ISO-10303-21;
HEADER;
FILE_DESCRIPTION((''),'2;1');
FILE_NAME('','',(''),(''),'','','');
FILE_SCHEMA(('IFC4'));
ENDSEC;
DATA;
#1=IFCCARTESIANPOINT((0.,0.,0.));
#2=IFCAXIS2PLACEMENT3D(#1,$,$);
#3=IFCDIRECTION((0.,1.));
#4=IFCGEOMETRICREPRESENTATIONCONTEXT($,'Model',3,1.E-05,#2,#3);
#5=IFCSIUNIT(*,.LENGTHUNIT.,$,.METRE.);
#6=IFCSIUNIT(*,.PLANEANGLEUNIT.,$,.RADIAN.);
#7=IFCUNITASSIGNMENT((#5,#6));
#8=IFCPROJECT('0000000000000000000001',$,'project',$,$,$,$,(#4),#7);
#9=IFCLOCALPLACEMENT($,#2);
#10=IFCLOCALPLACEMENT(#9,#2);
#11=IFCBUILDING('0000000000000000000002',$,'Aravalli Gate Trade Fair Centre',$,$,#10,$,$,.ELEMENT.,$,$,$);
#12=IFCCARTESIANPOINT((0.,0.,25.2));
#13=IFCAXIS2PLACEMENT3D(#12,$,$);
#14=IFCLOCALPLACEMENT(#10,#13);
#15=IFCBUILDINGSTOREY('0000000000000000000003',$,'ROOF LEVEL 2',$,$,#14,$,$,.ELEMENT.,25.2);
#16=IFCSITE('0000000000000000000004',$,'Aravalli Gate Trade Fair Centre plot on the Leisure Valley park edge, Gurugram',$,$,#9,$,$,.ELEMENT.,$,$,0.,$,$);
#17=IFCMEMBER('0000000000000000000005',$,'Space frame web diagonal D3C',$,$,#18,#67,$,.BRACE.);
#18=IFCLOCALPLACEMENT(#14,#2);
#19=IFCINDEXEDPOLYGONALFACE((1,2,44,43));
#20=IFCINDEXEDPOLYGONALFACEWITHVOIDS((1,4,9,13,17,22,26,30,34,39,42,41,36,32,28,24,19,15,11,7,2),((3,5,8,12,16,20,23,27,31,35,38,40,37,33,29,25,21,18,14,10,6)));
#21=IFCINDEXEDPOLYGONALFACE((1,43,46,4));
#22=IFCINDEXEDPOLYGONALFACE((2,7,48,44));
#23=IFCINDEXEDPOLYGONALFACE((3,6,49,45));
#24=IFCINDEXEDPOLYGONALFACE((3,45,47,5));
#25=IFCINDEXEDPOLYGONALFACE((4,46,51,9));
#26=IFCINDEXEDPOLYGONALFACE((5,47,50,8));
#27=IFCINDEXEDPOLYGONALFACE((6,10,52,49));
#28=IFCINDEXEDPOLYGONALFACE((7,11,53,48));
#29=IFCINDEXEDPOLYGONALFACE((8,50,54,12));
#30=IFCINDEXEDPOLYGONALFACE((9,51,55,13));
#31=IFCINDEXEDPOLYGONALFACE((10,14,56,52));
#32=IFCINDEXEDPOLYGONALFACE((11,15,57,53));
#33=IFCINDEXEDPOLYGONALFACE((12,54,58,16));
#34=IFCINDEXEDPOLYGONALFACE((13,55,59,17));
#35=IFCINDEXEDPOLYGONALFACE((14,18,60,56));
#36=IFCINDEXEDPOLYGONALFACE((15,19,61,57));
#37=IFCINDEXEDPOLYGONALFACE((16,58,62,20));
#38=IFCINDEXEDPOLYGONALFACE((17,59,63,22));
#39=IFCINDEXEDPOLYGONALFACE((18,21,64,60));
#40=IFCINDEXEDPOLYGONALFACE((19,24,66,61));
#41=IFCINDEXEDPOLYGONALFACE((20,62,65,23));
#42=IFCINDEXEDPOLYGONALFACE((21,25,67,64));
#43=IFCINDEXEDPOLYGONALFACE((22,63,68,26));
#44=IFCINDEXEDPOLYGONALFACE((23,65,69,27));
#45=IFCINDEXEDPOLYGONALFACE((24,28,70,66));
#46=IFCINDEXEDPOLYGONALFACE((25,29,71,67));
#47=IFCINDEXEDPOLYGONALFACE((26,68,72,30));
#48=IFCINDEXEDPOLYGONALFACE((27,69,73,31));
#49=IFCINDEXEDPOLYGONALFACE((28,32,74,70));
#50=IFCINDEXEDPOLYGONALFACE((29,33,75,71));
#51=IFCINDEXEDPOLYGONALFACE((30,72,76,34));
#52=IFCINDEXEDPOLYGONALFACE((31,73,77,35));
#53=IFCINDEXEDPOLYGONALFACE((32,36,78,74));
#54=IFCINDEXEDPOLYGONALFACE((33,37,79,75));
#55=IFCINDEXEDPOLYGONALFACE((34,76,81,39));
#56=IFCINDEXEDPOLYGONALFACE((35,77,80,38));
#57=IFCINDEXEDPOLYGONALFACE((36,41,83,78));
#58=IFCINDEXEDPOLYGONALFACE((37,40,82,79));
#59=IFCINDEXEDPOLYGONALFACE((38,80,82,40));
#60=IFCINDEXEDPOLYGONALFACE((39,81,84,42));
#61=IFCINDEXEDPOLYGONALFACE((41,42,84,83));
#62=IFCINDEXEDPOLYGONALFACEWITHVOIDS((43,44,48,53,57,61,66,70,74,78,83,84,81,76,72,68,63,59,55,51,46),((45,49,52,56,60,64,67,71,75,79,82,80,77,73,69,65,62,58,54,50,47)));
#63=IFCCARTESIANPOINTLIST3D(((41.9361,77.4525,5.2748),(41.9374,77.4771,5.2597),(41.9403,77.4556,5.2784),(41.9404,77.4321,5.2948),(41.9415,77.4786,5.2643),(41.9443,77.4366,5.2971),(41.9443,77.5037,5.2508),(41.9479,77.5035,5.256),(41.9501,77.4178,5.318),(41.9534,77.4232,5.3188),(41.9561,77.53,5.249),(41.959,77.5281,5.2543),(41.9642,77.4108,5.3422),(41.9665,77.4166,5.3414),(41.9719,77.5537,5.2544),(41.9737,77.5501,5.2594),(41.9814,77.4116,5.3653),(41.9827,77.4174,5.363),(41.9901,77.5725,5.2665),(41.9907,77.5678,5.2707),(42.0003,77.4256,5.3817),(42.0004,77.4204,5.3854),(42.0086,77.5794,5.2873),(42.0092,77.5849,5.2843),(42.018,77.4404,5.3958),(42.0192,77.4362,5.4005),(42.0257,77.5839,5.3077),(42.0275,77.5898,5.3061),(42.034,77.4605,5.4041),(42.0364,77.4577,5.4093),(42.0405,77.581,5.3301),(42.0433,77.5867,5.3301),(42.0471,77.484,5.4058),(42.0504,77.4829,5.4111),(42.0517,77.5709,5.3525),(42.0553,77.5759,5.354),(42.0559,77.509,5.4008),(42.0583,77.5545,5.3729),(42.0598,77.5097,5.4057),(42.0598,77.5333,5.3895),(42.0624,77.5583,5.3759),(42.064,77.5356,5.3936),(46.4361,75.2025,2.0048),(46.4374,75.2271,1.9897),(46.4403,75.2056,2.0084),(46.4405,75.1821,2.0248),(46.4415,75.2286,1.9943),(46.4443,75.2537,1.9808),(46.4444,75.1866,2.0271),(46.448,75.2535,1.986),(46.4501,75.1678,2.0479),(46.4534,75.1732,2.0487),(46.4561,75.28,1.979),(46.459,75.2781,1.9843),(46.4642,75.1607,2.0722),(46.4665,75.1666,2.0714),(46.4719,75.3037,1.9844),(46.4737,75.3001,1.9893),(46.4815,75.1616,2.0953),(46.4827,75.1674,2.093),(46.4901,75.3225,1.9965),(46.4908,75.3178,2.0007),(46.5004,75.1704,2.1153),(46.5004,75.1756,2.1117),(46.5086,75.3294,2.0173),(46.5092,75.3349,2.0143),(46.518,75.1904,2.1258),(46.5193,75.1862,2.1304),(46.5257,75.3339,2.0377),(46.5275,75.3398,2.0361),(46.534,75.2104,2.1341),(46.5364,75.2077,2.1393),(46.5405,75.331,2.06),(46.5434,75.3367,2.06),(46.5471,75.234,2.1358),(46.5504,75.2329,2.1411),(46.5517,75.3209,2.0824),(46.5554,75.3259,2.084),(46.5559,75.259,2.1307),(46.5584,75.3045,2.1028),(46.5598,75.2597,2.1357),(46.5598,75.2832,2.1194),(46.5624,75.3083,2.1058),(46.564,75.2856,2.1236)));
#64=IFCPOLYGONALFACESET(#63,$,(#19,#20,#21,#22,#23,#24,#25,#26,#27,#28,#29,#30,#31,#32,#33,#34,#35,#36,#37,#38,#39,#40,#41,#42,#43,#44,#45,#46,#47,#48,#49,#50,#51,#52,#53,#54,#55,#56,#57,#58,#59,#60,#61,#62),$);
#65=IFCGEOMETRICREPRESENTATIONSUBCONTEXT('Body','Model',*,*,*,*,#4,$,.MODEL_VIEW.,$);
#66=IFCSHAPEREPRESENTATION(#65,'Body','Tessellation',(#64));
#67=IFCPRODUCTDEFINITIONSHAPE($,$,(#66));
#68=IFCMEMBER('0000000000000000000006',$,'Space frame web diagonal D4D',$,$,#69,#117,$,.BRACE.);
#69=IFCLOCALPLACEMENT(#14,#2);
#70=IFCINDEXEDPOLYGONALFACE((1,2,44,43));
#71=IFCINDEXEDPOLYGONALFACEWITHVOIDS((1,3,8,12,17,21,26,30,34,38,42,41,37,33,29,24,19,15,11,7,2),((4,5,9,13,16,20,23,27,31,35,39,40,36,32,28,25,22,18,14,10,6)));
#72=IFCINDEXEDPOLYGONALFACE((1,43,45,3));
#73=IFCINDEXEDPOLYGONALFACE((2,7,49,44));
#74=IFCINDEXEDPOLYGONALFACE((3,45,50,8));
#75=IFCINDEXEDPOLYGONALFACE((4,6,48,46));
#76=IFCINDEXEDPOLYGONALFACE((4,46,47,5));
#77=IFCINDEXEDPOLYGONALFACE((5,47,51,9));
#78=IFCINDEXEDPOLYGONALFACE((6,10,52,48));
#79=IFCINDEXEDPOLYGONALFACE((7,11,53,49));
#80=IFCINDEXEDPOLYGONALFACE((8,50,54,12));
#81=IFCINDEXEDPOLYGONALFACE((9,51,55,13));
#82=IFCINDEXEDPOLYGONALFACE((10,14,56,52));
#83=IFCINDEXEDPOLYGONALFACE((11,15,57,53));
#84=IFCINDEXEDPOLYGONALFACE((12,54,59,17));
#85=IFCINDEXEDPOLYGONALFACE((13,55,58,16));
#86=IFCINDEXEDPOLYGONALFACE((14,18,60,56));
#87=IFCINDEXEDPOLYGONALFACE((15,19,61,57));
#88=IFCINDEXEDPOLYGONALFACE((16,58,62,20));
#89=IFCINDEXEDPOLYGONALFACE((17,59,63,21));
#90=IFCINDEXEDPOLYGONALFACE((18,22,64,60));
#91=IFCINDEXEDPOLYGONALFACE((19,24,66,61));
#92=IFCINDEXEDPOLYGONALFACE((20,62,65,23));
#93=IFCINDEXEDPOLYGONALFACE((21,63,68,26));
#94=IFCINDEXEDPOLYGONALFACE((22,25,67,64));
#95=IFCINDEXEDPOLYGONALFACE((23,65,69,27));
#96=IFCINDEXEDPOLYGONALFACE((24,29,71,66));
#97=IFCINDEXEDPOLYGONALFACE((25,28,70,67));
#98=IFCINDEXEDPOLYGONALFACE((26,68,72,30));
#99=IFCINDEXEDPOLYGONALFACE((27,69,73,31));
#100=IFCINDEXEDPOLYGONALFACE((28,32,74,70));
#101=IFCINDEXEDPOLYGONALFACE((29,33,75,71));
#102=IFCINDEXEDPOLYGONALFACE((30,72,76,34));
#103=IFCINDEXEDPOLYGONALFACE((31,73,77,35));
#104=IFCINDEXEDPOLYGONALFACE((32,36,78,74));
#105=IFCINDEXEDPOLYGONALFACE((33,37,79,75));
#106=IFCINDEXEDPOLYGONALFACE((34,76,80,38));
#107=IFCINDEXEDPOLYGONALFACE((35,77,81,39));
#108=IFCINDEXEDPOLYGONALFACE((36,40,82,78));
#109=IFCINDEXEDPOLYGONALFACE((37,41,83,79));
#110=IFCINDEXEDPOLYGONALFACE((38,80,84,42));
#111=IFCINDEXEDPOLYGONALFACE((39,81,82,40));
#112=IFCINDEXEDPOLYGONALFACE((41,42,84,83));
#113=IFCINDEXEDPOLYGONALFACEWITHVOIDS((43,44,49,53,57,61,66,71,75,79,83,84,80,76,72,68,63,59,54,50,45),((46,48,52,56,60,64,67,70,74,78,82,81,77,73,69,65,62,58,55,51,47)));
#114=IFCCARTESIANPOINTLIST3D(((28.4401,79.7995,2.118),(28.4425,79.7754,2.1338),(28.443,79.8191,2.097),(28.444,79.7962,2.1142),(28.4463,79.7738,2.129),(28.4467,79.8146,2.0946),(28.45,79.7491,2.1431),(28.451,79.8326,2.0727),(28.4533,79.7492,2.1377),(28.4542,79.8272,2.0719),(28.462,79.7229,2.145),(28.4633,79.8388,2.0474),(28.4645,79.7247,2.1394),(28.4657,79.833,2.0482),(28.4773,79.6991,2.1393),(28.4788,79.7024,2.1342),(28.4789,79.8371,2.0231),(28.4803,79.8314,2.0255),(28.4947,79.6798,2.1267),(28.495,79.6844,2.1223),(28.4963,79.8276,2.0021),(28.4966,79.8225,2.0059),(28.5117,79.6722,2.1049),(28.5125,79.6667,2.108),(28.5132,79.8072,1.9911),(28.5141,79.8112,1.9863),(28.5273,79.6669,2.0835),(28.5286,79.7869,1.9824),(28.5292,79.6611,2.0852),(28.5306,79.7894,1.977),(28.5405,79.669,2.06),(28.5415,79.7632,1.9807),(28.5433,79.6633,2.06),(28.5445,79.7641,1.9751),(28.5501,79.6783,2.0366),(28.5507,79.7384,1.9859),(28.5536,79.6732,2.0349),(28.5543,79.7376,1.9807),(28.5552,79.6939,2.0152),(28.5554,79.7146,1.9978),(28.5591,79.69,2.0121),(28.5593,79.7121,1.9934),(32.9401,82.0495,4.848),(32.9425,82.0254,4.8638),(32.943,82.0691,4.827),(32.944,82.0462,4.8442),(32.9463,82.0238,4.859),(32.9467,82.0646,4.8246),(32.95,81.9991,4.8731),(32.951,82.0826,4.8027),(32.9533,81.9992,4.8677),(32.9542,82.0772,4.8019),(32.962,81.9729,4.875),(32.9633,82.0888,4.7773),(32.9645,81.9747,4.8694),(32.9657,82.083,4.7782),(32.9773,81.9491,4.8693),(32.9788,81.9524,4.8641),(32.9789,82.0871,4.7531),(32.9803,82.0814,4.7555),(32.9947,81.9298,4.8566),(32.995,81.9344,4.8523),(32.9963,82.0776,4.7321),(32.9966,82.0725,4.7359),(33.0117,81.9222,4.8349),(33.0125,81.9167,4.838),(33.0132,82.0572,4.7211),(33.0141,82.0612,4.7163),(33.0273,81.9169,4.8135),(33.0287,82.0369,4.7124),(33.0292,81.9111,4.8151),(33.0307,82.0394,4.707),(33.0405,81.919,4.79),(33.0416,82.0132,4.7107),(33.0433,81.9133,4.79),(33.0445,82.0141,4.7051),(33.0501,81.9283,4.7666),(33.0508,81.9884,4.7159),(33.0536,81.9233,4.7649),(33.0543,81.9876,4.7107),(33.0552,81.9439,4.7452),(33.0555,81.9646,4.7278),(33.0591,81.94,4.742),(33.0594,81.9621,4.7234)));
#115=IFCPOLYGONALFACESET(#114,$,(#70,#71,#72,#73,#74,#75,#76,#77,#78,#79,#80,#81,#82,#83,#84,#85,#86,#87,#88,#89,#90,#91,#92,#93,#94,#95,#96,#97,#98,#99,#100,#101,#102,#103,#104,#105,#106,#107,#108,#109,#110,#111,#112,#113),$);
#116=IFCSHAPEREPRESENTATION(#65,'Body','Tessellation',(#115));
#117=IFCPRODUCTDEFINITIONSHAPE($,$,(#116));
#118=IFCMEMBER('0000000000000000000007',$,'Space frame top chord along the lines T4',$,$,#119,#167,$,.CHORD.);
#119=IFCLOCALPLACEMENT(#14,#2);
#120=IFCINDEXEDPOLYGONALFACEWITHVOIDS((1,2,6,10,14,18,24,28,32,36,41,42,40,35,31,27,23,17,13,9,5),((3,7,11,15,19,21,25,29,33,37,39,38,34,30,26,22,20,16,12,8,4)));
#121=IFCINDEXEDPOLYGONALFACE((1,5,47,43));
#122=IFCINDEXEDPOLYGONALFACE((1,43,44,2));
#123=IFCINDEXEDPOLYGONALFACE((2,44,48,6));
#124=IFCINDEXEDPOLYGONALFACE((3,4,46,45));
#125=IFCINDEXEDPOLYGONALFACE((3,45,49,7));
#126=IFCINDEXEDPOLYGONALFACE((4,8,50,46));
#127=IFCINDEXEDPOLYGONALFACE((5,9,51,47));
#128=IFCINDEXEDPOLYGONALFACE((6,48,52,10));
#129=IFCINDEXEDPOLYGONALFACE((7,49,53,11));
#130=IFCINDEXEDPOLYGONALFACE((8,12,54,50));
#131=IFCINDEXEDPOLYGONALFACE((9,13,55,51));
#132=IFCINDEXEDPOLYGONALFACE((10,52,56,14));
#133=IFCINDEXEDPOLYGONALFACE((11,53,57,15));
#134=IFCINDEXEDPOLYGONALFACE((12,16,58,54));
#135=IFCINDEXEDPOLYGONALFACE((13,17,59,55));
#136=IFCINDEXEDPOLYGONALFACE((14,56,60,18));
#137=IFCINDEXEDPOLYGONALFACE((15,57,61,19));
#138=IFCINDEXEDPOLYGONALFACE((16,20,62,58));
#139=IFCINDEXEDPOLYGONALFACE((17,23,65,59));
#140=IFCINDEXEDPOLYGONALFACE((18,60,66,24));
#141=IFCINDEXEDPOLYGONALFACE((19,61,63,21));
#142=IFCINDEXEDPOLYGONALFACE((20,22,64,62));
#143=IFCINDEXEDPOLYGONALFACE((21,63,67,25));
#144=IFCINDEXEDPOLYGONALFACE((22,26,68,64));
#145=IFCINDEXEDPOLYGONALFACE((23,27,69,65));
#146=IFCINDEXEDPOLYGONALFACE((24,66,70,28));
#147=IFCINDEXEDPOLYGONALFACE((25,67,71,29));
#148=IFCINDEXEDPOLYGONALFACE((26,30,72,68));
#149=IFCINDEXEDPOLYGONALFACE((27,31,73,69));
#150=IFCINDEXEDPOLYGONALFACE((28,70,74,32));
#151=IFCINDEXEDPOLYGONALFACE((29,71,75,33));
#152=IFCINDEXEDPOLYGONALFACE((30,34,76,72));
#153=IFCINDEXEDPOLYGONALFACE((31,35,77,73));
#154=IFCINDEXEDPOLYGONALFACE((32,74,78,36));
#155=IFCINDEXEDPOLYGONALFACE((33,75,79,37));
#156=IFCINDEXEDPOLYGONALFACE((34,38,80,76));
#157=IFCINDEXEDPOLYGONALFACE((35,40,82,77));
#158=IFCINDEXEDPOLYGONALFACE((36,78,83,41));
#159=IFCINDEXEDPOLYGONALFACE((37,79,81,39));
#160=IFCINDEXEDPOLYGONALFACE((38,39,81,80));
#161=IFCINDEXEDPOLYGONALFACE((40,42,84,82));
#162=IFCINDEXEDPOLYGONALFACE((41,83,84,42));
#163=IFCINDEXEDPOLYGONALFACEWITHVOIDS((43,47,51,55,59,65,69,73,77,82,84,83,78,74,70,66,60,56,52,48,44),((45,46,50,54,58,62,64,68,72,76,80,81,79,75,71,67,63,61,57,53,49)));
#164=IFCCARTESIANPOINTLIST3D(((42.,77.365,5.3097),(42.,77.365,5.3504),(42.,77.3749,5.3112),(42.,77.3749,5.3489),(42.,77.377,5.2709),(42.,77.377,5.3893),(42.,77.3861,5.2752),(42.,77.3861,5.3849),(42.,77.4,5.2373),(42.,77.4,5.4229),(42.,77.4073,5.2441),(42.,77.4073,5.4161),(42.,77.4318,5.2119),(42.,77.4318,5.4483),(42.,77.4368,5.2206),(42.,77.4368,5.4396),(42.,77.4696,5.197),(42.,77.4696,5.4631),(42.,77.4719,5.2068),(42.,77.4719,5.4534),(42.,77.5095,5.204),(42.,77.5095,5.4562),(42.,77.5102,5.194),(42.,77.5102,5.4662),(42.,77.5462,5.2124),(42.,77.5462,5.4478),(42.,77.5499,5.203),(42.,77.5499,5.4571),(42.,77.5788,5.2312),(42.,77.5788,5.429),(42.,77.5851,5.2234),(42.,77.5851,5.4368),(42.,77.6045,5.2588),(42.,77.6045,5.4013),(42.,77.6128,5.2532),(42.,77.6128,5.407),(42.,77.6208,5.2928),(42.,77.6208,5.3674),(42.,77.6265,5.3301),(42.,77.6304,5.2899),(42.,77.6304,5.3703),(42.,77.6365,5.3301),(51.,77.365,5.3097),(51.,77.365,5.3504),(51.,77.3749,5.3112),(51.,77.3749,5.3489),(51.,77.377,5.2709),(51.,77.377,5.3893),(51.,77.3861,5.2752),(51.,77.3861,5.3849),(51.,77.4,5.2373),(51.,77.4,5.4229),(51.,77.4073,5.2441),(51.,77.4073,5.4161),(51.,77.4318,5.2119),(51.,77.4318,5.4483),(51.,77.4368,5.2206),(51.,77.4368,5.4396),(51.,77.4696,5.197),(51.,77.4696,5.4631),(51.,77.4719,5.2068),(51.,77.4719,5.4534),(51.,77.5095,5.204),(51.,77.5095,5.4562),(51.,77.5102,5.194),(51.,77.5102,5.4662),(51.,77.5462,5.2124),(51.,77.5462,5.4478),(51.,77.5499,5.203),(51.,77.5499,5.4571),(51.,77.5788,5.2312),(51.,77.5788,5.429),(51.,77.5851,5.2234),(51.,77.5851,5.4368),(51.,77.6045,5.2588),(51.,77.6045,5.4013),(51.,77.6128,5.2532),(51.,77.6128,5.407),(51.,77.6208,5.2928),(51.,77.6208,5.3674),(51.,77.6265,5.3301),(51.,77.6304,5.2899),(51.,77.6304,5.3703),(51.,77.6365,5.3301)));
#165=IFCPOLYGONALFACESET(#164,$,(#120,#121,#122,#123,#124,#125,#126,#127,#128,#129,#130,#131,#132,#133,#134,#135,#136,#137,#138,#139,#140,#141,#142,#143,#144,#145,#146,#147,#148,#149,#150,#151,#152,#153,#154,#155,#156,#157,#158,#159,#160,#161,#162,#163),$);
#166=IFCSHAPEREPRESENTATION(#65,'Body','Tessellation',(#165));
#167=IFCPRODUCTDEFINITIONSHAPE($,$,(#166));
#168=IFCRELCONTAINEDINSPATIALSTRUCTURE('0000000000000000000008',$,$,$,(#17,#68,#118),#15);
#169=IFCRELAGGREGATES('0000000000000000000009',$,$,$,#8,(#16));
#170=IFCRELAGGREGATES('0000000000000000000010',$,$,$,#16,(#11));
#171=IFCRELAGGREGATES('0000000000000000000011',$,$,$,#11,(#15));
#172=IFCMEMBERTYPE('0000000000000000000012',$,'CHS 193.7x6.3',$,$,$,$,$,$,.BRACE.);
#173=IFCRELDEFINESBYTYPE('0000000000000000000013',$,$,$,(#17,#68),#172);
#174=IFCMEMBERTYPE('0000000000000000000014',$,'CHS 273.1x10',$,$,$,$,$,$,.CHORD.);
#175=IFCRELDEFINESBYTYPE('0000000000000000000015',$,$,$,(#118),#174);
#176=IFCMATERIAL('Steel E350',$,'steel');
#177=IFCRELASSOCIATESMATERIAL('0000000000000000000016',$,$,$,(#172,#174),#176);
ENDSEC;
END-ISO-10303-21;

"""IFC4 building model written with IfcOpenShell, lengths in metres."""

from ifc_helpers import new_model, si_unit, direction, frame, origin, origin_2d, place, context, subcontext, project, spatial, hollow_circle, extrude, material, material_profile, profile_set, type_object, element, save


model = new_model("IFC4")

# Units and contexts
model_context = context("Model", 3, precision=1e-05, world=origin(), true_north=direction((0.0, 1.0)))
body_context = subcontext(model_context, "Body", "Model", "MODEL_VIEW")
ifc_project = project(units=[si_unit("LENGTHUNIT", "METRE"), si_unit("PLANEANGLEUNIT", "RADIAN")], contexts=[model_context])

# Site, building, storey
site_placement = place(None, origin())
site = spatial("IfcSite", under=ifc_project, at=site_placement, Name="Aravalli Gate Trade Fair Centre plot on the Leisure Valley park edge, Gurugram", CompositionType="ELEMENT", RefElevation=0.0)
building_placement = place(site_placement, origin())
building = spatial("IfcBuilding", under=site, at=building_placement, Name="Aravalli Gate Trade Fair Centre", CompositionType="ELEMENT")
storey_placement = place(building_placement, frame((0.0, 0.0, 25.2)))
storey = spatial("IfcBuildingStorey", under=building, at=storey_placement, Name="ROOF LEVEL 2", CompositionType="ELEMENT", Elevation=25.2)

# Members
ifc_material = material(Name="Steel E350", Category="steel")
ifc_material_profile_1 = material_profile(ifc_material, hollow_circle(Radius=0.0969, WallThickness=0.0063, at=origin_2d()), Name="CHS 193.7x6.3")
ifc_profile_set_1 = profile_set([ifc_material_profile_1], Name="Steel E350")
member_type_1 = type_object("IfcMemberType", Name="CHS 193.7x6.3", PredefinedType="BRACE", material=ifc_profile_set_1)
member_1_placement = place(storey_placement, frame((42.0, 77.5, 5.3301), z_axis=(0.749942, -0.374971, -0.544961), x_axis=(0.447214, 0.894427, 0.0)))
element("IfcMember", 1, at=member_1_placement, inside=storey, type_object=member_type_1, Name="Space frame web diagonal D3C", PredefinedType="BRACE", context=body_context, shape_type="SweptSolid", body=[
    extrude(hollow_circle(Radius=0.0969, WallThickness=0.0063, at=origin_2d()), origin(), (0.0, 0.0, 1.0), 6.0005),
])
member_2_placement = place(storey_placement, frame((33.0, 82.0, 4.79), z_axis=(-0.78615, -0.393075, -0.476928), x_axis=(0.447214, -0.894427, 0.0)))
element("IfcMember", 2, at=member_2_placement, inside=storey, type_object=member_type_1, Name="Space frame web diagonal D4D", PredefinedType="BRACE", context=body_context, shape_type="SweptSolid", body=[
    extrude(hollow_circle(Radius=0.0969, WallThickness=0.0063, at=origin_2d()), origin(), (0.0, 0.0, 1.0), 5.7241),
])
ifc_material_profile_2 = material_profile(ifc_material, hollow_circle(Radius=0.1365, WallThickness=0.01, at=origin_2d()), Name="CHS 273.1x10")
ifc_profile_set_2 = profile_set([ifc_material_profile_2], Name="Steel E350")
member_type_2 = type_object("IfcMemberType", Name="CHS 273.1x10", PredefinedType="CHORD", material=ifc_profile_set_2)
member_3_placement = place(storey_placement, frame((42.0, 77.5, 5.3301), z_axis=(1.0, 0.0, 0.0), x_axis=(0.0, 1.0, 0.0)))
element("IfcMember", 3, at=member_3_placement, inside=storey, type_object=member_type_2, Name="Space frame top chord along the lines T4", PredefinedType="CHORD", context=body_context, shape_type="SweptSolid", body=[
    extrude(hollow_circle(Radius=0.1365, WallThickness=0.01, at=origin_2d()), origin(), (0.0, 0.0, 1.0), 9.0),
])

save(model, "model.ifc")
